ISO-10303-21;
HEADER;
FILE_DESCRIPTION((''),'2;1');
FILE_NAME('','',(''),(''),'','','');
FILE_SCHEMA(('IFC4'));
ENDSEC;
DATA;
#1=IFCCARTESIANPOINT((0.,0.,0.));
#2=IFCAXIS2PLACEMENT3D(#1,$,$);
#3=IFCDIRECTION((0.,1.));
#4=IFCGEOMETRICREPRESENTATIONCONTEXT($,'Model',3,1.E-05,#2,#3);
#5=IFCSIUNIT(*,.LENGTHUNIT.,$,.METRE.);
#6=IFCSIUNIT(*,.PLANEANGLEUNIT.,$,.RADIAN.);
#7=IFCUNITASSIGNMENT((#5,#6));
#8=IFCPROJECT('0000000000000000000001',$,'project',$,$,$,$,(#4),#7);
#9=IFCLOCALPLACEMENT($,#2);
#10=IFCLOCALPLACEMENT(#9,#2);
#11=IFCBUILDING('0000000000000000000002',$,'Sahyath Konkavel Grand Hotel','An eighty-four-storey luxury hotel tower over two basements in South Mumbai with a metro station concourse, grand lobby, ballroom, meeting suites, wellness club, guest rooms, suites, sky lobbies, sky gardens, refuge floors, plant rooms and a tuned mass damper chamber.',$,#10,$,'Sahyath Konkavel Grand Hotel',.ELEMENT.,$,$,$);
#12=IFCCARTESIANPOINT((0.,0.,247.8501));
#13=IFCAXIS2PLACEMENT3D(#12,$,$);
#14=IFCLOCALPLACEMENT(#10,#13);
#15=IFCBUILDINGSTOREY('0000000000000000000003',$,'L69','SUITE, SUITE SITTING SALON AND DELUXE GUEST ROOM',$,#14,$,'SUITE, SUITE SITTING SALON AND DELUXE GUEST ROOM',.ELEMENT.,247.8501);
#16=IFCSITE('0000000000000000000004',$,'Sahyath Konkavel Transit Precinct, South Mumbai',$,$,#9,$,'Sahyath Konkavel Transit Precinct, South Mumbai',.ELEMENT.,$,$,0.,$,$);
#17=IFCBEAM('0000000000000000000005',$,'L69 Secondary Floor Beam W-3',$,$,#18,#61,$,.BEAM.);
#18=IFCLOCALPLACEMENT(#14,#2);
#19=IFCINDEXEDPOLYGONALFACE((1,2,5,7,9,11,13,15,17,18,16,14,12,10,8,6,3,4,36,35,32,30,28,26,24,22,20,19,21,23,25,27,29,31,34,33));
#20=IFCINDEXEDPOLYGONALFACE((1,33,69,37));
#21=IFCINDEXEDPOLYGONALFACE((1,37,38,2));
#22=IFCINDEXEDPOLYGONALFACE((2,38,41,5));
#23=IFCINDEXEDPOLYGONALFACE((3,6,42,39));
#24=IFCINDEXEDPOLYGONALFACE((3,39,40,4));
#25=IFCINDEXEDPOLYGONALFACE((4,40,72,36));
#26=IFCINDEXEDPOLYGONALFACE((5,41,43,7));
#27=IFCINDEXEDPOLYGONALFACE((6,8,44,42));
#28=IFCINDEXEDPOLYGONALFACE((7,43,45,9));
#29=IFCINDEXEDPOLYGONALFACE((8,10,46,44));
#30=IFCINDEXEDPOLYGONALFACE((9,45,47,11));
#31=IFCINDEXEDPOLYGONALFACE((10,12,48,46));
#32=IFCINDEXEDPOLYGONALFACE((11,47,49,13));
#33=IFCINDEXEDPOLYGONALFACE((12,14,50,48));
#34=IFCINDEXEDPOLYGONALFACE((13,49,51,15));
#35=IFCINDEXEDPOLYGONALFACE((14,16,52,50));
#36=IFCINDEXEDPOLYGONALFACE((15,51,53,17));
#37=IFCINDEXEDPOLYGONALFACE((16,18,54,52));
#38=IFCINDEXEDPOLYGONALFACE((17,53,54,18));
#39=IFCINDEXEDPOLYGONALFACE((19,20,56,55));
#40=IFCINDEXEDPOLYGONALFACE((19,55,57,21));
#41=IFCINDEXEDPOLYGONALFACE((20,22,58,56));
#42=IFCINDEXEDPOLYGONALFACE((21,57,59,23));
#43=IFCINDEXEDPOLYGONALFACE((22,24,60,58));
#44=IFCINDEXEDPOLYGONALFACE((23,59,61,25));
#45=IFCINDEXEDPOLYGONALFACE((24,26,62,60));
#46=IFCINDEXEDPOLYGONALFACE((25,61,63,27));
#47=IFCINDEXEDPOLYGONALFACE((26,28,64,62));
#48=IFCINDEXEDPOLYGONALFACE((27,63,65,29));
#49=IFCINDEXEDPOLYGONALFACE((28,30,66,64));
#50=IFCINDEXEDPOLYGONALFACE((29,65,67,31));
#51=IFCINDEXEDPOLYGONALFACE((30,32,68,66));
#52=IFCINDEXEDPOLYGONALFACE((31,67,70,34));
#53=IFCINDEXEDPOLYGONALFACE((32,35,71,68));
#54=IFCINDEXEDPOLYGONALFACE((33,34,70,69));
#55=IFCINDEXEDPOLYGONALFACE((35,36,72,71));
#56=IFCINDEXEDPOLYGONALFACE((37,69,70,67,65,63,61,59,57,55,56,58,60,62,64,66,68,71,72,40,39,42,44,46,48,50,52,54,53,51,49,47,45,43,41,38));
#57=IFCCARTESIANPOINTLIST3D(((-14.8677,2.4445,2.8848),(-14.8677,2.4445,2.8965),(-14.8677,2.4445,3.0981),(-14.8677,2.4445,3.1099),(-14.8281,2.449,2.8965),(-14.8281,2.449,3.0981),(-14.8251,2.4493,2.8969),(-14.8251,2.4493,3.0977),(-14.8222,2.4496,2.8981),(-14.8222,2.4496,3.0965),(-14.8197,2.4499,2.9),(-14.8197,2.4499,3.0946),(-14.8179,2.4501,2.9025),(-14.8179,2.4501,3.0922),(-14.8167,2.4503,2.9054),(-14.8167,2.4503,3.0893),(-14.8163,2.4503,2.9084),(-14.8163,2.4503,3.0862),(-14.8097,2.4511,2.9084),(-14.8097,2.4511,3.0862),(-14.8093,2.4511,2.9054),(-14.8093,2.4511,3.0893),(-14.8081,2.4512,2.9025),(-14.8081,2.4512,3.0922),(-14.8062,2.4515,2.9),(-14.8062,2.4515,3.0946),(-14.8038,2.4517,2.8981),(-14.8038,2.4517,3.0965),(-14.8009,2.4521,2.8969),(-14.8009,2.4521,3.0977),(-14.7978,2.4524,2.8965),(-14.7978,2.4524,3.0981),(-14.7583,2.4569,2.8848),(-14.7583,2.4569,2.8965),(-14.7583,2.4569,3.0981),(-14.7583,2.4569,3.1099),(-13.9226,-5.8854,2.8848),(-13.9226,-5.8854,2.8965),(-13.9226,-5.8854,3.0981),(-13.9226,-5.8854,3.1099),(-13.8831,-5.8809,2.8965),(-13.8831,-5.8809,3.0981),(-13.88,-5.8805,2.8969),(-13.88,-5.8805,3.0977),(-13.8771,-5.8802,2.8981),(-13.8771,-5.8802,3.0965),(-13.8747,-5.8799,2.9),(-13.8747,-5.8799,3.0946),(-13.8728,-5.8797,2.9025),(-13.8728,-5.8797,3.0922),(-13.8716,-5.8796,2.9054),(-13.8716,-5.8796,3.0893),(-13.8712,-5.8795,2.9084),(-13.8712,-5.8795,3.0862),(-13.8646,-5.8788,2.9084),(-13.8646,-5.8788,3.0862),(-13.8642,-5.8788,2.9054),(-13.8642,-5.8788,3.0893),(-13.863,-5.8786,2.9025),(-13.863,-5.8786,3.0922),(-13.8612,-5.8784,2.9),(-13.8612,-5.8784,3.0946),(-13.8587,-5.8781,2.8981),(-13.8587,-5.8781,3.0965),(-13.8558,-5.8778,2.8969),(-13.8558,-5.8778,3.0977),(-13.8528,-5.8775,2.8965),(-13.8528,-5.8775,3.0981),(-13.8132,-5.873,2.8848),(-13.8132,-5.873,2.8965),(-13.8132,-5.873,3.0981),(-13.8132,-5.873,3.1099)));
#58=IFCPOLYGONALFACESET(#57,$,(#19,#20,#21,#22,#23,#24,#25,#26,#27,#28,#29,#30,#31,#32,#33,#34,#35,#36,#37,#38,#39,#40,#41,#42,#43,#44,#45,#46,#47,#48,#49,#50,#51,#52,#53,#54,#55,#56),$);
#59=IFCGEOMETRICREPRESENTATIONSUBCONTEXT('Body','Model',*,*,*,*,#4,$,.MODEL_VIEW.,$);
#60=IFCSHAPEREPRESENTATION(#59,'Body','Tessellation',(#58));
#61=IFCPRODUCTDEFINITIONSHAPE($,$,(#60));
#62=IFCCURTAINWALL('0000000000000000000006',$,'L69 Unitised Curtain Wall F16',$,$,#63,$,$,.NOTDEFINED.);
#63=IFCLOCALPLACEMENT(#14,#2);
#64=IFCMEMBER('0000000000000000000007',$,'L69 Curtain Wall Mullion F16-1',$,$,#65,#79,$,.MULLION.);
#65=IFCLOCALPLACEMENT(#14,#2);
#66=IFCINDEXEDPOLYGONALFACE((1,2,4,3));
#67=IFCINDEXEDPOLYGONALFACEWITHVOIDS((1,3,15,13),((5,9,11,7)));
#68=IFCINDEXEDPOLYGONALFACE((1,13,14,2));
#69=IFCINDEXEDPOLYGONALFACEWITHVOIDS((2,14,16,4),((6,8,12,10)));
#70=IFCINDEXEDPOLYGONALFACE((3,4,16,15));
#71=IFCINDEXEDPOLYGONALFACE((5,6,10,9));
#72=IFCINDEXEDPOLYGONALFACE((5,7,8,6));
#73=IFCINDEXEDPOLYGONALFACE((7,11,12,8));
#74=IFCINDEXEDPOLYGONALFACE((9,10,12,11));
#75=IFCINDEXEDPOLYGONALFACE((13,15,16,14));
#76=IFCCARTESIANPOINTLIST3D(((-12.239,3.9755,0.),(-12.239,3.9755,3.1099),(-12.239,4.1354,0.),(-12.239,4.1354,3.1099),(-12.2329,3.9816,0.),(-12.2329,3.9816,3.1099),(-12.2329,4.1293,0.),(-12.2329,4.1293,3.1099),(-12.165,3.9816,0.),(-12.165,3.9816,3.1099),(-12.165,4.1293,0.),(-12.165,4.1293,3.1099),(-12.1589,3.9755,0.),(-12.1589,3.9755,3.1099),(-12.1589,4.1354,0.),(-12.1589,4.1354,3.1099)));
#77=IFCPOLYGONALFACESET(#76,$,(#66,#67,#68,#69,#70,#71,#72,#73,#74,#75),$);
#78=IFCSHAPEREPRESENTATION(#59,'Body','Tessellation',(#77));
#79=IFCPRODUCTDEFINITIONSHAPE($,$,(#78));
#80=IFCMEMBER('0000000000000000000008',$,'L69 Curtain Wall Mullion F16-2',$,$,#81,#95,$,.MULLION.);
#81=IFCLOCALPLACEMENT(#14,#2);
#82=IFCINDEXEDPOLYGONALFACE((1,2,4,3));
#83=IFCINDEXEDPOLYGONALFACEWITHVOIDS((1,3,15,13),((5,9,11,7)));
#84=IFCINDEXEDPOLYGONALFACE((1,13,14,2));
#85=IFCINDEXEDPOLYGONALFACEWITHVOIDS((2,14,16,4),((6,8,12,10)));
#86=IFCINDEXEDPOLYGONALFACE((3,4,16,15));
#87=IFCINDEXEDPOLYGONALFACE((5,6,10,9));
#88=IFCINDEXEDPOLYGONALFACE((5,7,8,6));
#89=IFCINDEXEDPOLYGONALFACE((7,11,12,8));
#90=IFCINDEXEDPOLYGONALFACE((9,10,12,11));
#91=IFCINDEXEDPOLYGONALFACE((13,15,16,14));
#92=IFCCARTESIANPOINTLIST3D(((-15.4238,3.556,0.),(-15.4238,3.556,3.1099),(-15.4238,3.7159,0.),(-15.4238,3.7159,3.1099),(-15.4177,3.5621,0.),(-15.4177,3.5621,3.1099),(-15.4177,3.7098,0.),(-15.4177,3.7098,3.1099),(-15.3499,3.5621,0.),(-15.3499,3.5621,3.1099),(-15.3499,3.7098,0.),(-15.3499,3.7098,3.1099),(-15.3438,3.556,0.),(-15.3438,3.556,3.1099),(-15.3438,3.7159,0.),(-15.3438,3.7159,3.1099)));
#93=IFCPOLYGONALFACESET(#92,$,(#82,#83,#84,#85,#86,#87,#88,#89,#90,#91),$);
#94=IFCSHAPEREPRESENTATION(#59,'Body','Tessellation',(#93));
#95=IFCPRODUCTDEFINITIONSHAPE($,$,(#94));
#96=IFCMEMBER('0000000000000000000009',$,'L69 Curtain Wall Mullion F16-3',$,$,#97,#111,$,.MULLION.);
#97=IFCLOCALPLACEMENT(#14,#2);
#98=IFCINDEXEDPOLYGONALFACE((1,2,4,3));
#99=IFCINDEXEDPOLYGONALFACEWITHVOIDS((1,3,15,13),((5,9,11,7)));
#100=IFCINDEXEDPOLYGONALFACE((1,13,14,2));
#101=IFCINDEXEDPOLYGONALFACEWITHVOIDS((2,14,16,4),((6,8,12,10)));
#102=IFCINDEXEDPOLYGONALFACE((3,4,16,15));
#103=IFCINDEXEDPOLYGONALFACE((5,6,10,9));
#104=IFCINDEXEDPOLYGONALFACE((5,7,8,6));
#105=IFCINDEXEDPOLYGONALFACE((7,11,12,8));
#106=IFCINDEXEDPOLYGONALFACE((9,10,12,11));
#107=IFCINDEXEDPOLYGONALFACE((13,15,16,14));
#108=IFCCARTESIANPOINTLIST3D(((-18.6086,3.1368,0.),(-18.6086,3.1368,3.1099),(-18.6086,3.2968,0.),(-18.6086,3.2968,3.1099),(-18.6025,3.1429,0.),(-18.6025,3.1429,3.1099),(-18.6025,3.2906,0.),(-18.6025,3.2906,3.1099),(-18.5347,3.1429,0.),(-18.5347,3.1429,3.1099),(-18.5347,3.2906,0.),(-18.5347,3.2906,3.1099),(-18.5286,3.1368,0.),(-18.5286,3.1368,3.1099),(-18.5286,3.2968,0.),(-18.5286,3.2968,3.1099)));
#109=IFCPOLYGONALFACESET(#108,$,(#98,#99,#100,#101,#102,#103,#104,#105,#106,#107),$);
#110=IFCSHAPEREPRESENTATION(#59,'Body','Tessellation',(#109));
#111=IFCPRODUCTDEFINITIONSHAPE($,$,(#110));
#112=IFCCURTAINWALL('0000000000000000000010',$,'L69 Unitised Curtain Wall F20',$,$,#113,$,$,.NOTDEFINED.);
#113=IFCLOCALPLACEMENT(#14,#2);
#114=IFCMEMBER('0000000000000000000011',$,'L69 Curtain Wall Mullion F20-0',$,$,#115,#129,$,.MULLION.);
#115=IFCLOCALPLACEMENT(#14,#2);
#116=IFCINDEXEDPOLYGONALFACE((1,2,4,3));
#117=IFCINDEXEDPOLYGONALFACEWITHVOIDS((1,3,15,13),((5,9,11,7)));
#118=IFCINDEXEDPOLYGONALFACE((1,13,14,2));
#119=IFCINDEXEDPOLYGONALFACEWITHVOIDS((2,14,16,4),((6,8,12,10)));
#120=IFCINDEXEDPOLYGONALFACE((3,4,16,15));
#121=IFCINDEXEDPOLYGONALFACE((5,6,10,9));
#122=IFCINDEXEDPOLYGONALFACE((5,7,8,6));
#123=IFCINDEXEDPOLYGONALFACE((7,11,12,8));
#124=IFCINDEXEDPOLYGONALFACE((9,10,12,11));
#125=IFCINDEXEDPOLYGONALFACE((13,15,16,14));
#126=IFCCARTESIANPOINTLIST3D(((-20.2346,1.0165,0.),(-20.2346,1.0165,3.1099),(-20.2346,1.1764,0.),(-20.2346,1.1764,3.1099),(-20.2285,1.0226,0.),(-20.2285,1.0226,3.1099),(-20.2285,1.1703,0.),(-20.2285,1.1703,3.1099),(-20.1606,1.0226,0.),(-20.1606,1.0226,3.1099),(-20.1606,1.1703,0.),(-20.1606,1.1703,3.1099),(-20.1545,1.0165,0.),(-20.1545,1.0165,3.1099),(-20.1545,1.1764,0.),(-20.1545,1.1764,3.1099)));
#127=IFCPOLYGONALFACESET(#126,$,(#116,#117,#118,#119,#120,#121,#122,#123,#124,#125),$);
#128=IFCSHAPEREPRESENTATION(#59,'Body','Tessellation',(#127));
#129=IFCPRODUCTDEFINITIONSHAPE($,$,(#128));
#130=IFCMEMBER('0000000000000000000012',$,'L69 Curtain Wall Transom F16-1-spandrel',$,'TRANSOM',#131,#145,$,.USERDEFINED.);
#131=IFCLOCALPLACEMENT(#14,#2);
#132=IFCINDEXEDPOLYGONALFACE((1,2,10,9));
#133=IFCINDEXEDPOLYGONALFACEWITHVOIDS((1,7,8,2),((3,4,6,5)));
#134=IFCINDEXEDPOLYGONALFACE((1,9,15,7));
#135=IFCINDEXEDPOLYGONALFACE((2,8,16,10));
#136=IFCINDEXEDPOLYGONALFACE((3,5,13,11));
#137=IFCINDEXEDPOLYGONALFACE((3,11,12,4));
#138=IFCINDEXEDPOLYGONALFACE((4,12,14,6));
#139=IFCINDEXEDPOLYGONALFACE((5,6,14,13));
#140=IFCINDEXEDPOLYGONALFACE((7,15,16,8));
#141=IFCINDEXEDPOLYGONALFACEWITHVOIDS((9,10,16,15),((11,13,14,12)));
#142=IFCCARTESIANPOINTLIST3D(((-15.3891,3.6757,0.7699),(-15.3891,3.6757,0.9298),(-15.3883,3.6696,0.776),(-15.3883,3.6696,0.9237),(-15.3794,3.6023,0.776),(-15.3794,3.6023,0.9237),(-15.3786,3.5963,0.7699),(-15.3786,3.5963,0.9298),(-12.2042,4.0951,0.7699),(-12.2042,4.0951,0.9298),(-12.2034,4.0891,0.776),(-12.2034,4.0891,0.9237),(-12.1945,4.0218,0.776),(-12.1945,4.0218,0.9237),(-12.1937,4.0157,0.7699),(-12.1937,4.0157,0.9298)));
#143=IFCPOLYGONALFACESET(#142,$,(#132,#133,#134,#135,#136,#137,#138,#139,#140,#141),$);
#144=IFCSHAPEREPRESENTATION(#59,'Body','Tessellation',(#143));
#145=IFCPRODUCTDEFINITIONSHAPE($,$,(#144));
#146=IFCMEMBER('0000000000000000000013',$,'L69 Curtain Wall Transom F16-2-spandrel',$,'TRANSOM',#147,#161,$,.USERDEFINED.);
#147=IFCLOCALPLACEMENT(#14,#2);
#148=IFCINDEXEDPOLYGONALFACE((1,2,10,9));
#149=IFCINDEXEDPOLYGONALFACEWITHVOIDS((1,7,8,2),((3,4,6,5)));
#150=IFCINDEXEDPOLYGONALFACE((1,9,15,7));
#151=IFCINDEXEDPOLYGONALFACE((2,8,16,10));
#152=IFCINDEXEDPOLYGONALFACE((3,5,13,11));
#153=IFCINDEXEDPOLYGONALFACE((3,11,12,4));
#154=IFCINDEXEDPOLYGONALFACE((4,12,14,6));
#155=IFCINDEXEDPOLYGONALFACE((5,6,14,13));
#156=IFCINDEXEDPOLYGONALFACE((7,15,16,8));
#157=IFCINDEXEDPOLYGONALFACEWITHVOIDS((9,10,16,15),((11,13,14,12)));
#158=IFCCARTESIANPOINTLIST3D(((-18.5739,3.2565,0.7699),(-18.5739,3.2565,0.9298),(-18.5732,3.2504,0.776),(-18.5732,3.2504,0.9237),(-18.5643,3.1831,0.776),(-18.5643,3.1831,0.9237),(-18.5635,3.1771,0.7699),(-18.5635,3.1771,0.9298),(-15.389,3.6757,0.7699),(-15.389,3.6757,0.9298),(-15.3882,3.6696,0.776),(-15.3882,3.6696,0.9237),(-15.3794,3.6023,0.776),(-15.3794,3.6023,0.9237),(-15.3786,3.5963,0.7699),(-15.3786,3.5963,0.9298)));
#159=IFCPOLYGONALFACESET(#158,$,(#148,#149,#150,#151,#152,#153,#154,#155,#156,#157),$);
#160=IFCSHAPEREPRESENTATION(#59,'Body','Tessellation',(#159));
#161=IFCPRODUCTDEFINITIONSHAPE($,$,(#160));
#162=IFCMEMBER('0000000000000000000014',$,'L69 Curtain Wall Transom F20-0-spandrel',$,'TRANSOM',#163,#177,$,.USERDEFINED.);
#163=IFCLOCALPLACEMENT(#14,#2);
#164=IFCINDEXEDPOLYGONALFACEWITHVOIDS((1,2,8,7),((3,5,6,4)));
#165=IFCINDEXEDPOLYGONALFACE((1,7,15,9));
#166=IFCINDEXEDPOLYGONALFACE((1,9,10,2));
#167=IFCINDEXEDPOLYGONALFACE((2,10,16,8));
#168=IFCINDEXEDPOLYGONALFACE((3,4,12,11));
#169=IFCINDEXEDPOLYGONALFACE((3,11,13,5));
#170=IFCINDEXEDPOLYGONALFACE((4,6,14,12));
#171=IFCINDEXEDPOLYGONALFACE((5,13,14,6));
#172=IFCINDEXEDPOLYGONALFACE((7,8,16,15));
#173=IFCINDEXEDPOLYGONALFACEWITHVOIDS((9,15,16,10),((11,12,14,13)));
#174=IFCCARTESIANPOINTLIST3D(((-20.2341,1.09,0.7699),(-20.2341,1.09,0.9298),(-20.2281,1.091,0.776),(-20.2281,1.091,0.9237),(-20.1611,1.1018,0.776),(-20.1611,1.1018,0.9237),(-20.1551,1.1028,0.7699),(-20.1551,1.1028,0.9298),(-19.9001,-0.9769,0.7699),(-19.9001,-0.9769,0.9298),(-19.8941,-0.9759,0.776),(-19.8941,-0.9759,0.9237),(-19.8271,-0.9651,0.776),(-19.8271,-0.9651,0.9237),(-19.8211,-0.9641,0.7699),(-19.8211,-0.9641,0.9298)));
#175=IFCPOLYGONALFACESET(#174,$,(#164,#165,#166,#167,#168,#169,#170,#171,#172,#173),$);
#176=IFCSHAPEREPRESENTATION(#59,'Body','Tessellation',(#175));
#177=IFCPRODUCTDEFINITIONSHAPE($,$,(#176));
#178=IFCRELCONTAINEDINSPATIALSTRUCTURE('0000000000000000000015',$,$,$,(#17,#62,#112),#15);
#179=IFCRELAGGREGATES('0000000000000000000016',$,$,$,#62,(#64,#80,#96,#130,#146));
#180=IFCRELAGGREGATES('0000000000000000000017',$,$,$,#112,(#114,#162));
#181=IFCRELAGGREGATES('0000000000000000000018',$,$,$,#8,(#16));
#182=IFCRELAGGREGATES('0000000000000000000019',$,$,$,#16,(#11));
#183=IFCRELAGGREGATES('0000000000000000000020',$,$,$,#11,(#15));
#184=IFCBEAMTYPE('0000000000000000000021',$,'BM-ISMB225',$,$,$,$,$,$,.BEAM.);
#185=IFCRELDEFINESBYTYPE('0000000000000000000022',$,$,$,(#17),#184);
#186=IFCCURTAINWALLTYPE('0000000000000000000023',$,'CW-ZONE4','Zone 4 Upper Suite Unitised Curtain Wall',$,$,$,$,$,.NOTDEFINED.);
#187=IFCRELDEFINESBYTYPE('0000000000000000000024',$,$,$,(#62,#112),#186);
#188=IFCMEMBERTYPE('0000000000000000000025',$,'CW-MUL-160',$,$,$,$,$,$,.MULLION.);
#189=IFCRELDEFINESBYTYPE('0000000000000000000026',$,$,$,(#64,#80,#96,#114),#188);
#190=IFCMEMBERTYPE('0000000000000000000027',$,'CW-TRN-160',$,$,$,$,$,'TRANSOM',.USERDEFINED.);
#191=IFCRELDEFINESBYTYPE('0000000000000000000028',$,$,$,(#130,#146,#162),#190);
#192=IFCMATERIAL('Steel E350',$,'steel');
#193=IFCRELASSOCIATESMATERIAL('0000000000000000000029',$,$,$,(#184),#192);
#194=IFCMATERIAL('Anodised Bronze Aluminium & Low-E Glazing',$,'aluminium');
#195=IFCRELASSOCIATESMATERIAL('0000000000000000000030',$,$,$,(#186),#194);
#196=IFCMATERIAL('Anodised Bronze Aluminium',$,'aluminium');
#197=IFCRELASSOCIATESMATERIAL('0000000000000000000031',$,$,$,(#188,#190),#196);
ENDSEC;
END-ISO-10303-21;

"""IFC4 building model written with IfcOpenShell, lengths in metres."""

from ifc_helpers import new_model, si_unit, direction, frame, origin, origin_2d, place, context, subcontext, project, spatial, hollow_rectangle, i_section, extrude, source, transform, mapped, material, material_profile, profile_set, type_object, element, aggregate, save


model = new_model("IFC4")

# Units and contexts
model_context = context("Model", 3, precision=1e-05, world=origin(), true_north=direction((0.0, 1.0)))
body_context = subcontext(model_context, "Body", "Model", "MODEL_VIEW")
ifc_project = project(units=[si_unit("LENGTHUNIT", "METRE"), si_unit("PLANEANGLEUNIT", "RADIAN")], contexts=[model_context])

# Site, building, storey
site_placement = place(None, origin())
site = spatial("IfcSite", under=ifc_project, at=site_placement, Name="Sahyath Konkavel Transit Precinct, South Mumbai", LongName="Sahyath Konkavel Transit Precinct, South Mumbai", CompositionType="ELEMENT", RefElevation=0.0)
building_placement = place(site_placement, origin())
building = spatial("IfcBuilding", under=site, at=building_placement, Name="Sahyath Konkavel Grand Hotel", Description="An eighty-four-storey luxury hotel tower over two basements in South Mumbai with a metro station concourse, grand lobby, ballroom, meeting suites, wellness club, guest rooms, suites, sky lobbies, sky gardens, refuge floors, plant rooms and a tuned mass damper chamber.", LongName="Sahyath Konkavel Grand Hotel", CompositionType="ELEMENT")
storey_placement = place(building_placement, frame((0.0, 0.0, 247.8501)))
storey = spatial("IfcBuildingStorey", under=building, at=storey_placement, Name="L69", Description="SUITE, SUITE SITTING SALON AND DELUXE GUEST ROOM", LongName="SUITE, SUITE SITTING SALON AND DELUXE GUEST ROOM", CompositionType="ELEMENT", Elevation=247.8501)

# Beam
ifc_material_1 = material(Name="Steel E350", Category="steel")
ifc_material_profile_1 = material_profile(ifc_material_1, i_section(OverallWidth=0.1101, OverallDepth=0.2251, WebThickness=0.0066, FlangeThickness=0.0117, FilletRadius=0.012, at=origin_2d()), Name="ISMB 225")
ifc_profile_set_1 = profile_set([ifc_material_profile_1], Name="Steel E350")
beam_type_1 = type_object("IfcBeamType", Name="BM-ISMB225", PredefinedType="BEAM", material=ifc_profile_set_1)
shared_shape_1 = source(origin(), body_context, "Body", "SweptSolid", [
    extrude(i_section(OverallWidth=0.1101, OverallDepth=0.2251, WebThickness=0.0066, FlangeThickness=0.0117, FilletRadius=0.012, at=origin_2d()), origin(), (0.0, 0.0, 1.0), 8.3833),
])
beam_1_placement = place(storey_placement, frame((-14.813, 2.4507, 2.9973), z_axis=(0.112733, -0.993625, 0.0), x_axis=(0.993625, 0.112733, 0.0)))
element("IfcBeam", 1, at=beam_1_placement, inside=storey, type_object=beam_type_1, Name="L69 Secondary Floor Beam W-3", PredefinedType="BEAM", context=body_context, shape_type="MappedRepresentation", body=[
    mapped(shared_shape_1, transform((0.0, 0.0, 0.0), scale=1.0)),
])

# Curtain wall, members
ifc_material_2 = material(Name="Anodised Bronze Aluminium & Low-E Glazing", Category="aluminium")
curtain_wall_type = type_object("IfcCurtainWallType", Name="CW-ZONE4", Description="Zone 4 Upper Suite Unitised Curtain Wall", PredefinedType="NOTDEFINED", material=ifc_material_2)
curtain_wall_1_placement = place(storey_placement, origin())
curtain_wall_1 = element("IfcCurtainWall", 2, at=curtain_wall_1_placement, inside=storey, type_object=curtain_wall_type, Name="L69 Unitised Curtain Wall F16", PredefinedType="NOTDEFINED")
ifc_material_3 = material(Name="Anodised Bronze Aluminium", Category="aluminium")
ifc_material_profile_2 = material_profile(ifc_material_3, hollow_rectangle(XDim=0.0801, YDim=0.1599, WallThickness=0.0061, at=origin_2d()), Name="RHS 160x80x6")
ifc_profile_set_2 = profile_set([ifc_material_profile_2], Name="Anodised Bronze Aluminium")
member_type_1 = type_object("IfcMemberType", Name="CW-MUL-160", PredefinedType="MULLION", material=ifc_profile_set_2)
shared_shape_2 = source(origin(), body_context, "Body", "SweptSolid", [
    extrude(hollow_rectangle(XDim=0.0801, YDim=0.1599, WallThickness=0.0061, at=origin_2d()), origin(), (0.0, 0.0, 1.0), 3.1099),
])
member_1_placement = place(storey_placement, frame((-12.199, 4.0554, 0.0), z_axis=(0.0, 0.0, 1.0), x_axis=(1.0, 0.0, 0.0)))
member_1 = element("IfcMember", 3, at=member_1_placement, type_object=member_type_1, Name="L69 Curtain Wall Mullion F16-1", PredefinedType="MULLION", context=body_context, shape_type="MappedRepresentation", body=[
    mapped(shared_shape_2, transform((0.0, 0.0, 0.0), scale=1.0)),
])
member_2_placement = place(storey_placement, frame((-15.3838, 3.636, 0.0), z_axis=(0.0, 0.0, 1.0), x_axis=(1.0, 0.0, 0.0)))
member_2 = element("IfcMember", 4, at=member_2_placement, type_object=member_type_1, Name="L69 Curtain Wall Mullion F16-2", PredefinedType="MULLION", context=body_context, shape_type="MappedRepresentation", body=[
    mapped(shared_shape_2, transform((0.0, 0.0, 0.0), scale=1.0)),
])
member_3_placement = place(storey_placement, frame((-18.5686, 3.2168, 0.0), z_axis=(0.0, 0.0, 1.0), x_axis=(1.0, 0.0, 0.0)))
member_3 = element("IfcMember", 5, at=member_3_placement, type_object=member_type_1, Name="L69 Curtain Wall Mullion F16-3", PredefinedType="MULLION", context=body_context, shape_type="MappedRepresentation", body=[
    mapped(shared_shape_2, transform((0.0, 0.0, 0.0), scale=1.0)),
])

# Curtain wall, member
curtain_wall_2_placement = place(storey_placement, origin())
curtain_wall_2 = element("IfcCurtainWall", 6, at=curtain_wall_2_placement, inside=storey, type_object=curtain_wall_type, Name="L69 Unitised Curtain Wall F20", PredefinedType="NOTDEFINED")
member_4_placement = place(storey_placement, frame((-20.1946, 1.0964, 0.0), z_axis=(0.0, 0.0, 1.0), x_axis=(1.0, 0.0, 0.0)))
member_4 = element("IfcMember", 7, at=member_4_placement, type_object=member_type_1, Name="L69 Curtain Wall Mullion F20-0", PredefinedType="MULLION", context=body_context, shape_type="MappedRepresentation", body=[
    mapped(shared_shape_2, transform((0.0, 0.0, 0.0), scale=1.0)),
])

# Members
ifc_material_profile_3 = material_profile(ifc_material_3, hollow_rectangle(XDim=0.0801, YDim=0.1599, WallThickness=0.0061, at=origin_2d()), Name="RHS 160x80x6")
ifc_profile_set_3 = profile_set([ifc_material_profile_3], Name="Anodised Bronze Aluminium")
member_type_2 = type_object("IfcMemberType", Name="CW-TRN-160", ElementType="TRANSOM", PredefinedType="USERDEFINED", material=ifc_profile_set_3)
shared_shape_3 = source(origin(), body_context, "Body", "SweptSolid", [
    extrude(hollow_rectangle(XDim=0.0801, YDim=0.1599, WallThickness=0.0061, at=origin_2d()), origin(), (0.0, 0.0, 1.0), 3.2124),
])
member_5_placement = place(storey_placement, frame((-12.199, 4.0554, 0.8499), z_axis=(-0.991439, -0.130571, 0.0), x_axis=(0.130571, -0.991439, 0.0)))
member_5 = element("IfcMember", 8, at=member_5_placement, type_object=member_type_2, Name="L69 Curtain Wall Transom F16-1-spandrel", ObjectType="TRANSOM", PredefinedType="USERDEFINED", context=body_context, shape_type="MappedRepresentation", body=[
    mapped(shared_shape_3, transform((0.0, 0.0, 0.0), scale=1.0)),
])
member_6_placement = place(storey_placement, frame((-15.3838, 3.636, 0.8499), z_axis=(-0.991449, -0.130496, 0.0), x_axis=(0.130496, -0.991449, 0.0)))
member_6 = element("IfcMember", 9, at=member_6_placement, type_object=member_type_2, Name="L69 Curtain Wall Transom F16-2-spandrel", ObjectType="TRANSOM", PredefinedType="USERDEFINED", context=body_context, shape_type="MappedRepresentation", body=[
    mapped(shared_shape_3, transform((0.0, 0.0, 0.0), scale=1.0)),
])
shared_shape_4 = source(origin(), body_context, "Body", "SweptSolid", [
    extrude(hollow_rectangle(XDim=0.0801, YDim=0.1599, WallThickness=0.0061, at=origin_2d()), origin(), (0.0, 0.0, 1.0), 2.0938),
])
member_7_placement = place(storey_placement, frame((-20.1946, 1.0964, 0.8499), z_axis=(0.159518, -0.987195, 0.0), x_axis=(0.987195, 0.159518, 0.0)))
member_7 = element("IfcMember", 10, at=member_7_placement, type_object=member_type_2, Name="L69 Curtain Wall Transom F20-0-spandrel", ObjectType="TRANSOM", PredefinedType="USERDEFINED", context=body_context, shape_type="MappedRepresentation", body=[
    mapped(shared_shape_4, transform((0.0, 0.0, 0.0), scale=1.0)),
])

aggregate(curtain_wall_1, [member_1, member_2, member_3, member_5, member_6])
aggregate(curtain_wall_2, [member_4, member_7])

save(model, "model.ifc")
